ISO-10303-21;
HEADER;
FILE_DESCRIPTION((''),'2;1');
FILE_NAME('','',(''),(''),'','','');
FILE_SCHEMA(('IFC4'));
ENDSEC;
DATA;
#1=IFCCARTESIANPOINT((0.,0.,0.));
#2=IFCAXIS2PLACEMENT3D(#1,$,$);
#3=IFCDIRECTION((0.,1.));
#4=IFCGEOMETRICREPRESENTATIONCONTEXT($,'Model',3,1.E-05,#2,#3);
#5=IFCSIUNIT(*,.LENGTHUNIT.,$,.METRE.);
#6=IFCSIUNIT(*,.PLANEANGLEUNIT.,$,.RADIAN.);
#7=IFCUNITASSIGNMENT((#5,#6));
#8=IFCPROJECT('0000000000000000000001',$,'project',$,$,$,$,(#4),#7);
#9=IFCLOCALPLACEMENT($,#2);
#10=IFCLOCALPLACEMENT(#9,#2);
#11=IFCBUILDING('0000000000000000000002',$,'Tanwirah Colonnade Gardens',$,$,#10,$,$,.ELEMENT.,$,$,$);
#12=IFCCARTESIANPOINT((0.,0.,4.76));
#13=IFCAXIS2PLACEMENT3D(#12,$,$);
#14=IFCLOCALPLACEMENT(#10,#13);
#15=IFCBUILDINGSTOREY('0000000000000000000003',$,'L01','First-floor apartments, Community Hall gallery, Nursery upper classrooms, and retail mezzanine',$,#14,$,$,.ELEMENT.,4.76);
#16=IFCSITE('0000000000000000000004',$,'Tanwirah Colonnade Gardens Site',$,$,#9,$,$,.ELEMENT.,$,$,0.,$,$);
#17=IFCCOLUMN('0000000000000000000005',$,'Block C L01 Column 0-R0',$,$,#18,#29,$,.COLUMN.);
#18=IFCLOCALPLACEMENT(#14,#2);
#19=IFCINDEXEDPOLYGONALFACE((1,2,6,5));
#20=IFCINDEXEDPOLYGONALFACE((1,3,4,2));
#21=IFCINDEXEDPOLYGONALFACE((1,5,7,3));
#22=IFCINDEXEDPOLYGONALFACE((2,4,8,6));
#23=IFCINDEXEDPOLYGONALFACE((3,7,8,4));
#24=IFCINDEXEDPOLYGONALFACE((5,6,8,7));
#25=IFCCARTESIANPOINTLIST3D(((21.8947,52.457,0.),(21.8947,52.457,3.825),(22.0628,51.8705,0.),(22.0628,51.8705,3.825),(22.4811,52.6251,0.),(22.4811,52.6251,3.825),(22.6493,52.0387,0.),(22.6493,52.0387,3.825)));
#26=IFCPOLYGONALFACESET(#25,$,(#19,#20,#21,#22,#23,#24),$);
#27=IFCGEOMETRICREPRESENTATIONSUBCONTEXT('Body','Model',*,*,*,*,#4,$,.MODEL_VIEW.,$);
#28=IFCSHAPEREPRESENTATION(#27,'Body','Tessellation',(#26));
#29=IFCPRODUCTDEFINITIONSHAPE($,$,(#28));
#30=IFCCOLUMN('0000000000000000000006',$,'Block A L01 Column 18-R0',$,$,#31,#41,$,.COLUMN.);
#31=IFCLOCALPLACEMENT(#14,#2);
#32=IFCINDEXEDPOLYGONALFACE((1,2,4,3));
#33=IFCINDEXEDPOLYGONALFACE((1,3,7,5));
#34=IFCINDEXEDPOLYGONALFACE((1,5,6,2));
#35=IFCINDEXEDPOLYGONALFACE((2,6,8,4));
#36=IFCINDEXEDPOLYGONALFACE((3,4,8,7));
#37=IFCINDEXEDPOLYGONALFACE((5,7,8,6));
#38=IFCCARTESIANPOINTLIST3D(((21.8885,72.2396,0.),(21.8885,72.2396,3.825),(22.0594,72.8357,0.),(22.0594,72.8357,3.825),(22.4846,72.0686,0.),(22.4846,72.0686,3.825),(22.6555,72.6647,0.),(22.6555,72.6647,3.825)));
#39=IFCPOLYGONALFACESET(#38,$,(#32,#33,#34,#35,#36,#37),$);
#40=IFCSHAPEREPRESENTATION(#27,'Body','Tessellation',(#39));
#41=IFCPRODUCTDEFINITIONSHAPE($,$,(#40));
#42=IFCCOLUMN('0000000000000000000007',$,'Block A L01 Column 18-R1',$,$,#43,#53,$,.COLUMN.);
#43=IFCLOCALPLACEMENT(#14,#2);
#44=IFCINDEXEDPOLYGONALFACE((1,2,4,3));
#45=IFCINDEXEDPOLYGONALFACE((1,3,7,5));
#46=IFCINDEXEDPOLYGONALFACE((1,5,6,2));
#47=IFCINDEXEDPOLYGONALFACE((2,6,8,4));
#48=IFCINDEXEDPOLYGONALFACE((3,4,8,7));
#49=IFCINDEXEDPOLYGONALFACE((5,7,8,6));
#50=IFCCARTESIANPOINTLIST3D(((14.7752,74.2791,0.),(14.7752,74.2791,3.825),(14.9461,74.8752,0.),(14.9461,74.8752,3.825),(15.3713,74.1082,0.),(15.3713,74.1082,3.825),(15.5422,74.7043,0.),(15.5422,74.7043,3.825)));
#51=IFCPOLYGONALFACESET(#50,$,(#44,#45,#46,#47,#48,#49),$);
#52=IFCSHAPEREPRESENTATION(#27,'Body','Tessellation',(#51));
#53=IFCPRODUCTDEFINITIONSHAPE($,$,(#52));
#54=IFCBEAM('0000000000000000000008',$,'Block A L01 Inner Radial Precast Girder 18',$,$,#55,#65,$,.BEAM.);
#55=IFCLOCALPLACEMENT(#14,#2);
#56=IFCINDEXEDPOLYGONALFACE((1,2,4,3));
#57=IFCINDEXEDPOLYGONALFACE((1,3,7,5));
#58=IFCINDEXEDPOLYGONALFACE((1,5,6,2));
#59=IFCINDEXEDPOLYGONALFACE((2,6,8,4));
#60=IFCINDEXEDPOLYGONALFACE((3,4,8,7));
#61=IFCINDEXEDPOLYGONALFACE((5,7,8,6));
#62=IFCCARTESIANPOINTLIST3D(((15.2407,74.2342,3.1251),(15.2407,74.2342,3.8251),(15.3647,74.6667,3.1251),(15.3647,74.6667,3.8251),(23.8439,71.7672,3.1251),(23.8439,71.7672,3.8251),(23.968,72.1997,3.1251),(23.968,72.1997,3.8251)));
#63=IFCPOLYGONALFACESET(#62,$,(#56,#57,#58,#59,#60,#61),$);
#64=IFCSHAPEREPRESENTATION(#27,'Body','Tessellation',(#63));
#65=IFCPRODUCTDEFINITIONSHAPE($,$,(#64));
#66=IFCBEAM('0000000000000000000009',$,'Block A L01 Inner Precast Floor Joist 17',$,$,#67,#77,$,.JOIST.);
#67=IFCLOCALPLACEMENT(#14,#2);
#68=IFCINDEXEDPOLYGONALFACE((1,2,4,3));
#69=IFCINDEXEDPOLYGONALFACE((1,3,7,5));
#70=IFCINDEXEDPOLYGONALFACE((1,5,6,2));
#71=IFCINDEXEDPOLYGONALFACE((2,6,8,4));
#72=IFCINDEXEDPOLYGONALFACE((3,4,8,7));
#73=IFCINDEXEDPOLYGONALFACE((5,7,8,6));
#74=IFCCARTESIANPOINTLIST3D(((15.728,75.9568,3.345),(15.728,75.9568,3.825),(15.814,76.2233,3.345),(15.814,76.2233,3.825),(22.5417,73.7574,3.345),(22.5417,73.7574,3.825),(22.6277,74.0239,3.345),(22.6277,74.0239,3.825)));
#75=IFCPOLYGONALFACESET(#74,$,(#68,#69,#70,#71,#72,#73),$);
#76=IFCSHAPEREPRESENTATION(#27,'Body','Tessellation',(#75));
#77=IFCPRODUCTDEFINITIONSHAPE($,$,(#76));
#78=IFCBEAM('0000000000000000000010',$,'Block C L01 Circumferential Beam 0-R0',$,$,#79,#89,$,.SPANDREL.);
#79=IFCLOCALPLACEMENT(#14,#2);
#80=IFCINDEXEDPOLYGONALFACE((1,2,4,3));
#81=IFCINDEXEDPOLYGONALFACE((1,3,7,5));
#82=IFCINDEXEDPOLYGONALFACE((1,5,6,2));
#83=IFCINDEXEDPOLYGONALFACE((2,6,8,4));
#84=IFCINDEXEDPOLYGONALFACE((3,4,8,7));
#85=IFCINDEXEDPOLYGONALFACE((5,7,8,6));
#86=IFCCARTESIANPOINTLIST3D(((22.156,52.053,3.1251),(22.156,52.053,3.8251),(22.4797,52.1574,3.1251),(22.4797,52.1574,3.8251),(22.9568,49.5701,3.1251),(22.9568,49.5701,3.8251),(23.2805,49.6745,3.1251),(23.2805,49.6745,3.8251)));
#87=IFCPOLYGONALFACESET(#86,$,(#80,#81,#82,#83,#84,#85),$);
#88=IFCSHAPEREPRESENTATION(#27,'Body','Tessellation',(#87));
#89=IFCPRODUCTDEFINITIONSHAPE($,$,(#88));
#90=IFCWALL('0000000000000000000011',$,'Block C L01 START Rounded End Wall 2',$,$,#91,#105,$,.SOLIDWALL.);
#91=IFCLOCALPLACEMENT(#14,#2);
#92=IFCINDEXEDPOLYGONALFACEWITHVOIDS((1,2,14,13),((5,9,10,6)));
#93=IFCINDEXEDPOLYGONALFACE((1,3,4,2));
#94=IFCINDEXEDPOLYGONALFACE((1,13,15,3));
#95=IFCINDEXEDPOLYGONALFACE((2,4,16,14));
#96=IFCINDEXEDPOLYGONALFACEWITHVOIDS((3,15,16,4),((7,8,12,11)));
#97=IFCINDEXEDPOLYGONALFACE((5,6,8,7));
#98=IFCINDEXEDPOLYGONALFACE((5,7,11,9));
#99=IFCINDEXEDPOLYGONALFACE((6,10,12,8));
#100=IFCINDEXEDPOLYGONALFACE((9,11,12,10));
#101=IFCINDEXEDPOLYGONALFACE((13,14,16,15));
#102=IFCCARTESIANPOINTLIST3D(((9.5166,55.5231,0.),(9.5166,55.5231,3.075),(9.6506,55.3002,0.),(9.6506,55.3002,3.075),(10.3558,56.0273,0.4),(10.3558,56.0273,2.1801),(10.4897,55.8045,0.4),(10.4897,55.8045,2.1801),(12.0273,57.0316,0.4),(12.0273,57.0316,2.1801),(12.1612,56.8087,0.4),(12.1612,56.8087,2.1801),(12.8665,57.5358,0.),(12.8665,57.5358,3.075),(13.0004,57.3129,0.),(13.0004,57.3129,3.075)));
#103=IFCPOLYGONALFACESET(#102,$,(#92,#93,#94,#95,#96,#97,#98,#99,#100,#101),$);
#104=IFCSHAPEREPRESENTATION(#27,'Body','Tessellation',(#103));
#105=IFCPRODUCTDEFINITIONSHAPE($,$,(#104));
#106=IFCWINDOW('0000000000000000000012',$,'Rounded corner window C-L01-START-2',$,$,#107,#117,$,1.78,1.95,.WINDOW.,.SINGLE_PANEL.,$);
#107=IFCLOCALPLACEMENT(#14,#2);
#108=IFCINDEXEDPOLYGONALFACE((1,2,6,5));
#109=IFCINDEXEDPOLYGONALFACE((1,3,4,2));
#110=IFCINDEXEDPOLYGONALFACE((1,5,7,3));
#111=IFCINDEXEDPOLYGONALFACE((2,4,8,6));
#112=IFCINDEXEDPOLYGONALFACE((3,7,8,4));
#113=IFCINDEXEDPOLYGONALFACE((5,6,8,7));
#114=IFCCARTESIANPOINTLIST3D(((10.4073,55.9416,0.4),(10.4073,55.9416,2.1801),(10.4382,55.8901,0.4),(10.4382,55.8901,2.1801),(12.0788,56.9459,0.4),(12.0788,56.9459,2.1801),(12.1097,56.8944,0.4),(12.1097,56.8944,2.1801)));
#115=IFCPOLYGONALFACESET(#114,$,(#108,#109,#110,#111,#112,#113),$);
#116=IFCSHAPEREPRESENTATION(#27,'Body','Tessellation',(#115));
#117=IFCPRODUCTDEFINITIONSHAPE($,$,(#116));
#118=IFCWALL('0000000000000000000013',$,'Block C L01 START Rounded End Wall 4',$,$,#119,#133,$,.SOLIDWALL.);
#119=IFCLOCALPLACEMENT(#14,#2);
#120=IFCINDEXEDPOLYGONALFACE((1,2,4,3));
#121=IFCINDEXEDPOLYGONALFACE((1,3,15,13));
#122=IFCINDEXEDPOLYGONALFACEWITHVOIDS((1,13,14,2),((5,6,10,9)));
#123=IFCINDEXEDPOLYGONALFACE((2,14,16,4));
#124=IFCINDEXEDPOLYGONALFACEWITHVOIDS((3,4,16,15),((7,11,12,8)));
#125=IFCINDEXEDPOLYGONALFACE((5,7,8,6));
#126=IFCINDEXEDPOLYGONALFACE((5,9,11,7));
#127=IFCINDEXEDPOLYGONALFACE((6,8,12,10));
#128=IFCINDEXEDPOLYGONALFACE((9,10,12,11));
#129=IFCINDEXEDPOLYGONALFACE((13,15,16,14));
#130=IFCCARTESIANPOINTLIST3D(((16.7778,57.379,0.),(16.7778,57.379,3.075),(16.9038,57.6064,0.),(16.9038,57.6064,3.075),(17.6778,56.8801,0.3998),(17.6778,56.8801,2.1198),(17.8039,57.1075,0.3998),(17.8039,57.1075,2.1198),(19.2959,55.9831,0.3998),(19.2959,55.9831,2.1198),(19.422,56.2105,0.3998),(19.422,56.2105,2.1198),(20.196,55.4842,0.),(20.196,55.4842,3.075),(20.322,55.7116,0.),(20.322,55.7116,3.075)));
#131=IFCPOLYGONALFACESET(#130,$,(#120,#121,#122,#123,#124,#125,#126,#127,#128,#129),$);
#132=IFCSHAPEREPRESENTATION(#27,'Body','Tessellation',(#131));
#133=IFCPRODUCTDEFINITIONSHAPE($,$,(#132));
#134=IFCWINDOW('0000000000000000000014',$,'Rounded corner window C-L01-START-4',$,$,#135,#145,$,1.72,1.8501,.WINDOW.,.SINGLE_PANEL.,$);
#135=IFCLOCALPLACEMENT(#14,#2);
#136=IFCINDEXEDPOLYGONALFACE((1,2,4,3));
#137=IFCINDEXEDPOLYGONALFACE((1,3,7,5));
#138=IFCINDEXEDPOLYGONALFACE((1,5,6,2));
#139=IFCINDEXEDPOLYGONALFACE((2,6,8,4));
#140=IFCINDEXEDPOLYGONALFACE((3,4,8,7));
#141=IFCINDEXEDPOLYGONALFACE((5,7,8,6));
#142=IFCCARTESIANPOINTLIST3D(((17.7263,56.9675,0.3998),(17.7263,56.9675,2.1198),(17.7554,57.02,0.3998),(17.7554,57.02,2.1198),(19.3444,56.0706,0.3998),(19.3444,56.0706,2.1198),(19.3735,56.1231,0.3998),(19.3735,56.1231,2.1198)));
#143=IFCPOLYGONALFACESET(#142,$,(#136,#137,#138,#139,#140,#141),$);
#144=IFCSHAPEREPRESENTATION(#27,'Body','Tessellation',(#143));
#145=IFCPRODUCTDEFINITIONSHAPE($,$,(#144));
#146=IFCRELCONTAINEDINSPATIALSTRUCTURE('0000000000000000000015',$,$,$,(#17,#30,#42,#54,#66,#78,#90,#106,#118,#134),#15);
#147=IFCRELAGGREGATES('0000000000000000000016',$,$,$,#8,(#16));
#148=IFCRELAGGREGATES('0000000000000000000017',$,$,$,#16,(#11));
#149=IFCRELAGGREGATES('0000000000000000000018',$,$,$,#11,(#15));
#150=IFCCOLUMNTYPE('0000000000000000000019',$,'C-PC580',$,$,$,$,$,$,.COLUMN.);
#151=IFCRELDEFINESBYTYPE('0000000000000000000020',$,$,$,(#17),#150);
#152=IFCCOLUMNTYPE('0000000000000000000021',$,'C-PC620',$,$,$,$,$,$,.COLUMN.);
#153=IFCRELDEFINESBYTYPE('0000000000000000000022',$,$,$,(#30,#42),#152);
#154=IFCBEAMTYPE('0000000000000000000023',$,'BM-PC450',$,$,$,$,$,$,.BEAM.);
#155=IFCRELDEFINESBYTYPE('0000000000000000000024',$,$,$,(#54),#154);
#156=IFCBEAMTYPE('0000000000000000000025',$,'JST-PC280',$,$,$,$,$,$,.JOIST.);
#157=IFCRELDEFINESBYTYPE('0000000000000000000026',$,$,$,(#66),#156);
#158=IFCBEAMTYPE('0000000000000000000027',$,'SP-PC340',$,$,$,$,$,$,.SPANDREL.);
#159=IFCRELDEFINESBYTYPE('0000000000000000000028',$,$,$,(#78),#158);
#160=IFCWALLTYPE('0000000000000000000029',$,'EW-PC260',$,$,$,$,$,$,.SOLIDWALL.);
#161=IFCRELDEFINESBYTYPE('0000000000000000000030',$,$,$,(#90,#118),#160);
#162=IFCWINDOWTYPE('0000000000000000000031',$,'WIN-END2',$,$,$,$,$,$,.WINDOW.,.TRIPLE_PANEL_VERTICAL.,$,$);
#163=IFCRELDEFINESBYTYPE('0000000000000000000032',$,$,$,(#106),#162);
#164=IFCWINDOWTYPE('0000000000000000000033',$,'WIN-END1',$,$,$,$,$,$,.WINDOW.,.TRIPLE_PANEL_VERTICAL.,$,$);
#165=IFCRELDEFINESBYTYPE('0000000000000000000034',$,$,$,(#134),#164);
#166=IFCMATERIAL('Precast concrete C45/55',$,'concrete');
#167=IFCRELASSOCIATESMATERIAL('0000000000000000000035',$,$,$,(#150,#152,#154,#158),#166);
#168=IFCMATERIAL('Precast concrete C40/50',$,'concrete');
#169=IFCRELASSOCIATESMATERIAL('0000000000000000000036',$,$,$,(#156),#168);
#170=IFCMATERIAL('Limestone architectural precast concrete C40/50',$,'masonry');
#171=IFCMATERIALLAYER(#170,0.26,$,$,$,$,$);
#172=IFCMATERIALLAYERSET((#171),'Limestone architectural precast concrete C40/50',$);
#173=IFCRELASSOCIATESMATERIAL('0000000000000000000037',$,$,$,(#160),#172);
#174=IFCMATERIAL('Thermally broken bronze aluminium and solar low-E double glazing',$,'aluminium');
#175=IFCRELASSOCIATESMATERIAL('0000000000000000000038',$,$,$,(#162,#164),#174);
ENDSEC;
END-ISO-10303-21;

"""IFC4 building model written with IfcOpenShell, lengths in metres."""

from ifc_helpers import new_model, si_unit, direction, frame, frame_2d, origin, origin_2d, place, context, subcontext, project, spatial, rectangle, extrude, material, layer, layer_set, material_profile, profile_set, type_object, element, fill, save


model = new_model("IFC4")

# Units and contexts
model_context = context("Model", 3, precision=1e-05, world=origin(), true_north=direction((0.0, 1.0)))
body_context = subcontext(model_context, "Body", "Model", "MODEL_VIEW")
ifc_project = project(units=[si_unit("LENGTHUNIT", "METRE"), si_unit("PLANEANGLEUNIT", "RADIAN")], contexts=[model_context])

# Site, building, storey
site_placement = place(None, origin())
site = spatial("IfcSite", under=ifc_project, at=site_placement, Name="Tanwirah Colonnade Gardens Site", CompositionType="ELEMENT", RefElevation=0.0)
building_placement = place(site_placement, origin())
building = spatial("IfcBuilding", under=site, at=building_placement, Name="Tanwirah Colonnade Gardens", CompositionType="ELEMENT")
storey_placement = place(building_placement, frame((0.0, 0.0, 4.76)))
storey = spatial("IfcBuildingStorey", under=building, at=storey_placement, Name="L01", Description="First-floor apartments, Community Hall gallery, Nursery upper classrooms, and retail mezzanine", CompositionType="ELEMENT", Elevation=4.76)

# Columns
ifc_material_1 = material(Name="Precast concrete C45/55", Category="concrete")
ifc_material_profile_1 = material_profile(ifc_material_1, rectangle(XDim=0.6101, YDim=0.6101, at=origin_2d()), Name="PC-COL 610x610")
ifc_profile_set_1 = profile_set([ifc_material_profile_1], Name="Precast concrete C45/55")
column_type_1 = type_object("IfcColumnType", Name="C-PC580", PredefinedType="COLUMN", material=ifc_profile_set_1)
column_placement = place(storey_placement, frame((22.272, 52.2478, 0.0), z_axis=(0.0, 0.0, 1.0), x_axis=(-0.961262, -0.275637, 0.0)))
element("IfcColumn", 1, at=column_placement, inside=storey, type_object=column_type_1, Name="Block C L01 Column 0-R0", PredefinedType="COLUMN", context=body_context, shape_type="SweptSolid", body=[
    extrude(rectangle(XDim=0.6101, YDim=0.6101, at=origin_2d()), origin(), (0.0, 0.0, 1.0), 3.825),
])
ifc_material_profile_2 = material_profile(ifc_material_1, rectangle(XDim=0.6201, YDim=0.6201, at=origin_2d()), Name="PC-COL 620x620")
ifc_profile_set_2 = profile_set([ifc_material_profile_2], Name="Precast concrete C45/55")
column_type_2 = type_object("IfcColumnType", Name="C-PC620", PredefinedType="COLUMN", material=ifc_profile_set_2)
for number, where, z_axis, x_axis, name in (
    (2, (22.272, 72.4521, 0.0), (0.0, 0.0, 1.0), (-0.961262, 0.275637, 0.0), "Block A L01 Column 18-R0"),
    (3, (15.1587, 74.4917, 0.0), (0.0, 0.0, 1.0), (-0.961262, 0.275637, 0.0), "Block A L01 Column 18-R1"),
):
    element("IfcColumn", number, at=place(storey_placement, frame(where, z_axis=z_axis, x_axis=x_axis)), inside=storey, type_object=column_type_2, Name=name, PredefinedType="COLUMN", context=body_context, shape_type="SweptSolid", body=[
        extrude(rectangle(XDim=0.6201, YDim=0.6201, at=origin_2d()), origin(), (0.0, 0.0, 1.0), 3.825),
    ])

# Beams
ifc_material_profile_3 = material_profile(ifc_material_1, rectangle(XDim=0.45, YDim=0.7, at=origin_2d()), Name="PC-BM 450x700")
ifc_profile_set_3 = profile_set([ifc_material_profile_3], Name="Precast concrete C45/55")
beam_type_1 = type_object("IfcBeamType", Name="BM-PC450", PredefinedType="BEAM", material=ifc_profile_set_3)
beam_1_placement = place(storey_placement, frame((15.3027, 74.4504, 3.4751), z_axis=(0.961259, -0.275647, 0.0), x_axis=(0.275647, 0.961259, 0.0)))
element("IfcBeam", 4, at=beam_1_placement, inside=storey, type_object=beam_type_1, Name="Block A L01 Inner Radial Precast Girder 18", PredefinedType="BEAM", context=body_context, shape_type="SweptSolid", body=[
    extrude(rectangle(XDim=0.45, YDim=0.7, at=origin_2d()), origin(), (0.0, 0.0, 1.0), 8.95),
])
ifc_material_2 = material(Name="Precast concrete C40/50", Category="concrete")
ifc_material_profile_4 = material_profile(ifc_material_2, rectangle(XDim=0.28, YDim=0.48, at=origin_2d()), Name="PC-JST 280x480")
ifc_profile_set_4 = profile_set([ifc_material_profile_4], Name="Precast concrete C40/50")
beam_type_2 = type_object("IfcBeamType", Name="JST-PC280", PredefinedType="JOIST", material=ifc_profile_set_4)
beam_2_placement = place(storey_placement, frame((22.5847, 73.8906, 3.585), z_axis=(-0.951648, 0.307191, 0.0), x_axis=(-0.307191, -0.951648, 0.0)))
element("IfcBeam", 5, at=beam_2_placement, inside=storey, type_object=beam_type_2, Name="Block A L01 Inner Precast Floor Joist 17", PredefinedType="JOIST", context=body_context, shape_type="SweptSolid", body=[
    extrude(rectangle(XDim=0.28, YDim=0.48, at=origin_2d()), origin(), (0.0, 0.0, 1.0), 7.1599),
])
ifc_material_profile_5 = material_profile(ifc_material_1, rectangle(XDim=0.3401, YDim=0.7, at=origin_2d()), Name="PC-SP 340x700")
ifc_profile_set_5 = profile_set([ifc_material_profile_5], Name="Precast concrete C45/55")
beam_type_3 = type_object("IfcBeamType", Name="SP-PC340", PredefinedType="SPANDREL", material=ifc_profile_set_5)
beam_3_placement = place(storey_placement, frame((22.3179, 52.1052, 3.4751), z_axis=(0.306948, -0.951726, 0.0), x_axis=(0.951726, 0.306948, 0.0)))
element("IfcBeam", 6, at=beam_3_placement, inside=storey, type_object=beam_type_3, Name="Block C L01 Circumferential Beam 0-R0", PredefinedType="SPANDREL", context=body_context, shape_type="SweptSolid", body=[
    extrude(rectangle(XDim=0.3401, YDim=0.7, at=origin_2d()), origin(), (0.0, 0.0, 1.0), 2.6089),
])

# Walls, openings, windows
ifc_material_3 = material(Name="Limestone architectural precast concrete C40/50", Category="masonry")
ifc_layer_1 = layer(ifc_material_3, 0.26)
ifc_layer_set_1 = layer_set([ifc_layer_1], Name="Limestone architectural precast concrete C40/50")
wall_type_1 = type_object("IfcWallType", Name="EW-PC260", PredefinedType="SOLIDWALL", material=ifc_layer_set_1)
wall_1_placement = place(storey_placement, frame((9.5835, 55.4116, 0.0), z_axis=(0.0, 0.0, 1.0), x_axis=(0.857179, 0.515019, 0.0)))
wall_1 = element("IfcWall", 7, at=wall_1_placement, inside=storey, type_object=wall_type_1, Name="Block C L01 START Rounded End Wall 2", PredefinedType="SOLIDWALL", context=body_context, shape_type="SweptSolid", body=[
    extrude(rectangle(XDim=3.908, YDim=0.26, at=frame_2d((1.9541, 0.0))), origin(), (0.0, 0.0, 1.0), 3.075),
])
opening_1_placement = place(wall_1_placement, frame((0.979, 0.0, 0.3999)))
opening_1 = element("IfcOpeningElement", 8, at=opening_1_placement, cuts=wall_1, PredefinedType="OPENING", context=body_context, shape_type="SweptSolid", body=[
    extrude(rectangle(XDim=1.95, YDim=1.78, at=frame_2d((0.9751, 0.8901))), frame((0.0, 0.1399, 0.0), z_axis=(0.0, -1.0, 0.0), x_axis=(1.0, 0.0, 0.0)), (0.0, 0.0, 1.0), 0.28),
])
ifc_material_4 = material(Name="Thermally broken bronze aluminium and solar low-E double glazing", Category="aluminium")
window_type_1 = type_object("IfcWindowType", Name="WIN-END2", PartitioningType="TRIPLE_PANEL_VERTICAL", PredefinedType="WINDOW", material=ifc_material_4)
window_1_placement = place(opening_1_placement, origin())
window_1 = element("IfcWindow", 9, at=window_1_placement, inside=storey, type_object=window_type_1, Name="Rounded corner window C-L01-START-2", OverallHeight=1.78, OverallWidth=1.95, PartitioningType="SINGLE_PANEL", PredefinedType="WINDOW", context=body_context, shape_type="SweptSolid", body=[
    extrude(rectangle(XDim=1.95, YDim=1.78, at=frame_2d((0.9751, 0.8901))), frame((0.0, 0.03, 0.0), z_axis=(0.0, -1.0, 0.0), x_axis=(1.0, 0.0, 0.0)), (0.0, 0.0, 1.0), 0.0601),
])
fill(opening_1, window_1)
wall_2_placement = place(storey_placement, frame((16.8408, 57.4927, 0.0), z_axis=(0.0, 0.0, 1.0), x_axis=(0.874617, -0.484815, 0.0)))
wall_2 = element("IfcWall", 10, at=wall_2_placement, inside=storey, type_object=wall_type_1, Name="Block C L01 START Rounded End Wall 4", PredefinedType="SOLIDWALL", context=body_context, shape_type="SweptSolid", body=[
    extrude(rectangle(XDim=3.9082, YDim=0.26, at=frame_2d((1.9541, 0.0))), origin(), (0.0, 0.0, 1.0), 3.075),
])
opening_2_placement = place(wall_2_placement, frame((1.0291, 0.0, 0.3999)))
opening_2 = element("IfcOpeningElement", 11, at=opening_2_placement, cuts=wall_2, PredefinedType="OPENING", context=body_context, shape_type="SweptSolid", body=[
    extrude(rectangle(XDim=1.8501, YDim=1.72, at=frame_2d((0.925, 0.8599))), frame((0.0, 0.1399, 0.0), z_axis=(0.0, -1.0, 0.0), x_axis=(1.0, 0.0, 0.0)), (0.0, 0.0, 1.0), 0.28),
])
window_type_2 = type_object("IfcWindowType", Name="WIN-END1", PartitioningType="TRIPLE_PANEL_VERTICAL", PredefinedType="WINDOW", material=ifc_material_4)
window_2_placement = place(opening_2_placement, origin())
window_2 = element("IfcWindow", 12, at=window_2_placement, inside=storey, type_object=window_type_2, Name="Rounded corner window C-L01-START-4", OverallHeight=1.72, OverallWidth=1.8501, PartitioningType="SINGLE_PANEL", PredefinedType="WINDOW", context=body_context, shape_type="SweptSolid", body=[
    extrude(rectangle(XDim=1.8501, YDim=1.72, at=frame_2d((0.925, 0.8599))), frame((0.0, 0.03, 0.0), z_axis=(0.0, -1.0, 0.0), x_axis=(1.0, 0.0, 0.0)), (0.0, 0.0, 1.0), 0.0601),
])
fill(opening_2, window_2)

save(model, "model.ifc")
